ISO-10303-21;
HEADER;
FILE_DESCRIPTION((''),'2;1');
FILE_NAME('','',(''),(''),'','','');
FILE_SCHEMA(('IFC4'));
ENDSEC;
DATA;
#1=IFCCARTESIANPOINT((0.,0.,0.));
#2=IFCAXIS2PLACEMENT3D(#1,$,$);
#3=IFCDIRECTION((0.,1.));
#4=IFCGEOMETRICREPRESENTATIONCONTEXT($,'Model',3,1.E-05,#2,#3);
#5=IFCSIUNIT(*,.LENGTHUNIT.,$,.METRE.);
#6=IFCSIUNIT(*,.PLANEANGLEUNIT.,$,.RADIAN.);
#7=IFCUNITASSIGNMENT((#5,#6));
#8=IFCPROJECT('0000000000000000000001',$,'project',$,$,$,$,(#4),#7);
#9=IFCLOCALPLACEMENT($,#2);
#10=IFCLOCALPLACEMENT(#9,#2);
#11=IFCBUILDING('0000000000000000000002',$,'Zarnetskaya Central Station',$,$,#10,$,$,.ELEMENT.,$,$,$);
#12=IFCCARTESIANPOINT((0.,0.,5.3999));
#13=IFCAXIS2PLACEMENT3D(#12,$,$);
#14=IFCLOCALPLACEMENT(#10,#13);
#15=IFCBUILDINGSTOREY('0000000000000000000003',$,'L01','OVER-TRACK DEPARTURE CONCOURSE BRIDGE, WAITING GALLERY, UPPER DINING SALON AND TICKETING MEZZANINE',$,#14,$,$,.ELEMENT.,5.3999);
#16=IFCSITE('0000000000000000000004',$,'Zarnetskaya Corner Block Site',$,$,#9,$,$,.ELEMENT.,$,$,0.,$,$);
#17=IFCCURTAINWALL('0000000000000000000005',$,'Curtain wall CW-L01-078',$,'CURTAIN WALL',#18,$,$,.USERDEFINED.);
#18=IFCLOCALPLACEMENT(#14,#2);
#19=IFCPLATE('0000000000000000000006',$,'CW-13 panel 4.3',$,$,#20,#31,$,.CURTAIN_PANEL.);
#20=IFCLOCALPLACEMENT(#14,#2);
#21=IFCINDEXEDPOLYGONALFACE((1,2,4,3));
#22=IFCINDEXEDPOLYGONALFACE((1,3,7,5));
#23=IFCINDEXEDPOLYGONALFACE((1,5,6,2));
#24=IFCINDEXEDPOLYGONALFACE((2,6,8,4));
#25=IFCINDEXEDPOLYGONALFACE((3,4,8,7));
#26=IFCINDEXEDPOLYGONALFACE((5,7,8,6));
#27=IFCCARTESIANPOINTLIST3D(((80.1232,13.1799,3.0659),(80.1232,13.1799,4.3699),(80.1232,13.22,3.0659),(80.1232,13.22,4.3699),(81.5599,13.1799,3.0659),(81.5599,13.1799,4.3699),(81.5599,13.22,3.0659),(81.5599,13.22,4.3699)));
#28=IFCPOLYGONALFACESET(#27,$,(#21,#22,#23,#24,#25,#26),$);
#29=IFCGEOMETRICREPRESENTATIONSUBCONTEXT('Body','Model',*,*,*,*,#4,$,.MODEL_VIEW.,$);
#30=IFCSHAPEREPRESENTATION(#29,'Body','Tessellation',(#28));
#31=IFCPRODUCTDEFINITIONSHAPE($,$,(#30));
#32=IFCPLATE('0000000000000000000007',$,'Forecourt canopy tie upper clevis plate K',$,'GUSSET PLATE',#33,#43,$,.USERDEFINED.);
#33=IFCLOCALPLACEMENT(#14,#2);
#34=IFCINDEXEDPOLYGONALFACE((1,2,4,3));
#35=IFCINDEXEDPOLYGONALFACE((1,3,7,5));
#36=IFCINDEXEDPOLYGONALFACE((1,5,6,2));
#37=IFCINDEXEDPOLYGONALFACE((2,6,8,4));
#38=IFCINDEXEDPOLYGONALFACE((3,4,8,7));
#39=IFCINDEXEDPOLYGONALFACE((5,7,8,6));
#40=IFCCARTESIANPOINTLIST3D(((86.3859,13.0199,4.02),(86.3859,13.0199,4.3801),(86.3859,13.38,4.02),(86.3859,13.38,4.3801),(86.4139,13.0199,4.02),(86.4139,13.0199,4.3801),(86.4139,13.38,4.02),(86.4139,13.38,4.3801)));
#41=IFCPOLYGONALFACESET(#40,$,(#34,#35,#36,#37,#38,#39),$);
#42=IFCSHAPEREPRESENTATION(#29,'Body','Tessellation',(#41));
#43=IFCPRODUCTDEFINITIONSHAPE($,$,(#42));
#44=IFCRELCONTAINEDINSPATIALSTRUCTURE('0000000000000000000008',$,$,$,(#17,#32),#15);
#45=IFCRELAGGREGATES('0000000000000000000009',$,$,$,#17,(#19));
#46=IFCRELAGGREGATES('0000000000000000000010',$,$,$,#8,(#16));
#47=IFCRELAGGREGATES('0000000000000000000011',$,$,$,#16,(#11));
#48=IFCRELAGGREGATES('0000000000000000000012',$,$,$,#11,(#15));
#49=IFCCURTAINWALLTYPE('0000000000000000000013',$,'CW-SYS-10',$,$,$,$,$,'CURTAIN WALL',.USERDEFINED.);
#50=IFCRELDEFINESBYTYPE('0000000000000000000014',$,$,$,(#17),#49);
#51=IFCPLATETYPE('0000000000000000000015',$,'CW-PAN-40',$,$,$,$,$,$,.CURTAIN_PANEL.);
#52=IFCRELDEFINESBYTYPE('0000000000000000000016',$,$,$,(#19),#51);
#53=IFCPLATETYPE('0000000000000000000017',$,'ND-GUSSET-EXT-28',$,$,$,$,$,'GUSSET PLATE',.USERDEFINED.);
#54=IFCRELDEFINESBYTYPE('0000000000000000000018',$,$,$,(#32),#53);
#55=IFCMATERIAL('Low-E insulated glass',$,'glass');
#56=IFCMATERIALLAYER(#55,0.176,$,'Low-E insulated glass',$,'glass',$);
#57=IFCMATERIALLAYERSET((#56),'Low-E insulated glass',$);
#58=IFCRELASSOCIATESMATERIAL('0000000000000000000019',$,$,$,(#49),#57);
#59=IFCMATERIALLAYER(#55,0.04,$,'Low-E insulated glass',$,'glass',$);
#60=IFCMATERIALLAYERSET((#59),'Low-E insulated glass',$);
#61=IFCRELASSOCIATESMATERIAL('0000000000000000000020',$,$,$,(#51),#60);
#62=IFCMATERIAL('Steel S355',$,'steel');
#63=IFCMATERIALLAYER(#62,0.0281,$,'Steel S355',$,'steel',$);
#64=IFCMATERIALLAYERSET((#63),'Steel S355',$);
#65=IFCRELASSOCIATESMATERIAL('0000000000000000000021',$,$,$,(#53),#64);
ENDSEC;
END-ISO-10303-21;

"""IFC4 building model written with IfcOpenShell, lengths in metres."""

from ifc_helpers import new_model, si_unit, direction, frame, origin, origin_2d, place, context, subcontext, project, spatial, rectangle, extrude, material, layer, layer_set, type_object, element, aggregate, save


model = new_model("IFC4")

# Units and contexts
model_context = context("Model", 3, precision=1e-05, world=origin(), true_north=direction((0.0, 1.0)))
body_context = subcontext(model_context, "Body", "Model", "MODEL_VIEW")
ifc_project = project(units=[si_unit("LENGTHUNIT", "METRE"), si_unit("PLANEANGLEUNIT", "RADIAN")], contexts=[model_context])

# Site, building, storey
site_placement = place(None, origin())
site = spatial("IfcSite", under=ifc_project, at=site_placement, Name="Zarnetskaya Corner Block Site", CompositionType="ELEMENT", RefElevation=0.0)
building_placement = place(site_placement, origin())
building = spatial("IfcBuilding", under=site, at=building_placement, Name="Zarnetskaya Central Station", CompositionType="ELEMENT")
storey_placement = place(building_placement, frame((0.0, 0.0, 5.3999)))
storey = spatial("IfcBuildingStorey", under=building, at=storey_placement, Name="L01", Description="OVER-TRACK DEPARTURE CONCOURSE BRIDGE, WAITING GALLERY, UPPER DINING SALON AND TICKETING MEZZANINE", CompositionType="ELEMENT", Elevation=5.3999)

# Shared definitions
ifc_material_1 = material(Name="Steel S355", Category="steel")

# Curtain wall
ifc_material_2 = material(Name="Low-E insulated glass", Category="glass")
ifc_layer_1 = layer(ifc_material_2, 0.176, Name="Low-E insulated glass", Category="glass")
ifc_layer_set_1 = layer_set([ifc_layer_1], Name="Low-E insulated glass")
curtain_wall_type = type_object("IfcCurtainWallType", Name="CW-SYS-10", ElementType="CURTAIN WALL", PredefinedType="USERDEFINED", material=ifc_layer_set_1)
curtain_wall_placement = place(storey_placement, origin())
curtain_wall = element("IfcCurtainWall", 1, at=curtain_wall_placement, inside=storey, type_object=curtain_wall_type, Name="Curtain wall CW-L01-078", ObjectType="CURTAIN WALL", PredefinedType="USERDEFINED")

# Plates
ifc_layer_2 = layer(ifc_material_2, 0.04, Name="Low-E insulated glass", Category="glass")
ifc_layer_set_2 = layer_set([ifc_layer_2], Name="Low-E insulated glass")
plate_type_1 = type_object("IfcPlateType", Name="CW-PAN-40", PredefinedType="CURTAIN_PANEL", material=ifc_layer_set_2)
plate_1_placement = place(storey_placement, frame((80.8416, 13.2, 3.0659), z_axis=(0.0, 0.0, 1.0), x_axis=(-1.0, 0.0, 0.0)))
plate_1 = element("IfcPlate", 2, at=plate_1_placement, type_object=plate_type_1, Name="CW-13 panel 4.3", PredefinedType="CURTAIN_PANEL", context=body_context, shape_type="SweptSolid", body=[
    extrude(rectangle(XDim=1.4368, YDim=0.04, at=origin_2d()), origin(), (0.0, 0.0, 1.0), 1.304),
])
aggregate(curtain_wall, [plate_1])
ifc_layer_3 = layer(ifc_material_1, 0.0281, Name="Steel S355", Category="steel")
ifc_layer_set_3 = layer_set([ifc_layer_3], Name="Steel S355")
plate_type_2 = type_object("IfcPlateType", Name="ND-GUSSET-EXT-28", ElementType="GUSSET PLATE", PredefinedType="USERDEFINED", material=ifc_layer_set_3)
plate_2_placement = place(storey_placement, frame((86.3999, 13.2, 4.02), z_axis=(0.0, 0.0, 1.0), x_axis=(1.0, 0.0, 0.0)))
element("IfcPlate", 3, at=plate_2_placement, inside=storey, type_object=plate_type_2, Name="Forecourt canopy tie upper clevis plate K", ObjectType="GUSSET PLATE", PredefinedType="USERDEFINED", context=body_context, shape_type="SweptSolid", body=[
    extrude(rectangle(XDim=0.0281, YDim=0.3601, at=origin_2d()), origin(), (0.0, 0.0, 1.0), 0.3601),
])

save(model, "model.ifc")
